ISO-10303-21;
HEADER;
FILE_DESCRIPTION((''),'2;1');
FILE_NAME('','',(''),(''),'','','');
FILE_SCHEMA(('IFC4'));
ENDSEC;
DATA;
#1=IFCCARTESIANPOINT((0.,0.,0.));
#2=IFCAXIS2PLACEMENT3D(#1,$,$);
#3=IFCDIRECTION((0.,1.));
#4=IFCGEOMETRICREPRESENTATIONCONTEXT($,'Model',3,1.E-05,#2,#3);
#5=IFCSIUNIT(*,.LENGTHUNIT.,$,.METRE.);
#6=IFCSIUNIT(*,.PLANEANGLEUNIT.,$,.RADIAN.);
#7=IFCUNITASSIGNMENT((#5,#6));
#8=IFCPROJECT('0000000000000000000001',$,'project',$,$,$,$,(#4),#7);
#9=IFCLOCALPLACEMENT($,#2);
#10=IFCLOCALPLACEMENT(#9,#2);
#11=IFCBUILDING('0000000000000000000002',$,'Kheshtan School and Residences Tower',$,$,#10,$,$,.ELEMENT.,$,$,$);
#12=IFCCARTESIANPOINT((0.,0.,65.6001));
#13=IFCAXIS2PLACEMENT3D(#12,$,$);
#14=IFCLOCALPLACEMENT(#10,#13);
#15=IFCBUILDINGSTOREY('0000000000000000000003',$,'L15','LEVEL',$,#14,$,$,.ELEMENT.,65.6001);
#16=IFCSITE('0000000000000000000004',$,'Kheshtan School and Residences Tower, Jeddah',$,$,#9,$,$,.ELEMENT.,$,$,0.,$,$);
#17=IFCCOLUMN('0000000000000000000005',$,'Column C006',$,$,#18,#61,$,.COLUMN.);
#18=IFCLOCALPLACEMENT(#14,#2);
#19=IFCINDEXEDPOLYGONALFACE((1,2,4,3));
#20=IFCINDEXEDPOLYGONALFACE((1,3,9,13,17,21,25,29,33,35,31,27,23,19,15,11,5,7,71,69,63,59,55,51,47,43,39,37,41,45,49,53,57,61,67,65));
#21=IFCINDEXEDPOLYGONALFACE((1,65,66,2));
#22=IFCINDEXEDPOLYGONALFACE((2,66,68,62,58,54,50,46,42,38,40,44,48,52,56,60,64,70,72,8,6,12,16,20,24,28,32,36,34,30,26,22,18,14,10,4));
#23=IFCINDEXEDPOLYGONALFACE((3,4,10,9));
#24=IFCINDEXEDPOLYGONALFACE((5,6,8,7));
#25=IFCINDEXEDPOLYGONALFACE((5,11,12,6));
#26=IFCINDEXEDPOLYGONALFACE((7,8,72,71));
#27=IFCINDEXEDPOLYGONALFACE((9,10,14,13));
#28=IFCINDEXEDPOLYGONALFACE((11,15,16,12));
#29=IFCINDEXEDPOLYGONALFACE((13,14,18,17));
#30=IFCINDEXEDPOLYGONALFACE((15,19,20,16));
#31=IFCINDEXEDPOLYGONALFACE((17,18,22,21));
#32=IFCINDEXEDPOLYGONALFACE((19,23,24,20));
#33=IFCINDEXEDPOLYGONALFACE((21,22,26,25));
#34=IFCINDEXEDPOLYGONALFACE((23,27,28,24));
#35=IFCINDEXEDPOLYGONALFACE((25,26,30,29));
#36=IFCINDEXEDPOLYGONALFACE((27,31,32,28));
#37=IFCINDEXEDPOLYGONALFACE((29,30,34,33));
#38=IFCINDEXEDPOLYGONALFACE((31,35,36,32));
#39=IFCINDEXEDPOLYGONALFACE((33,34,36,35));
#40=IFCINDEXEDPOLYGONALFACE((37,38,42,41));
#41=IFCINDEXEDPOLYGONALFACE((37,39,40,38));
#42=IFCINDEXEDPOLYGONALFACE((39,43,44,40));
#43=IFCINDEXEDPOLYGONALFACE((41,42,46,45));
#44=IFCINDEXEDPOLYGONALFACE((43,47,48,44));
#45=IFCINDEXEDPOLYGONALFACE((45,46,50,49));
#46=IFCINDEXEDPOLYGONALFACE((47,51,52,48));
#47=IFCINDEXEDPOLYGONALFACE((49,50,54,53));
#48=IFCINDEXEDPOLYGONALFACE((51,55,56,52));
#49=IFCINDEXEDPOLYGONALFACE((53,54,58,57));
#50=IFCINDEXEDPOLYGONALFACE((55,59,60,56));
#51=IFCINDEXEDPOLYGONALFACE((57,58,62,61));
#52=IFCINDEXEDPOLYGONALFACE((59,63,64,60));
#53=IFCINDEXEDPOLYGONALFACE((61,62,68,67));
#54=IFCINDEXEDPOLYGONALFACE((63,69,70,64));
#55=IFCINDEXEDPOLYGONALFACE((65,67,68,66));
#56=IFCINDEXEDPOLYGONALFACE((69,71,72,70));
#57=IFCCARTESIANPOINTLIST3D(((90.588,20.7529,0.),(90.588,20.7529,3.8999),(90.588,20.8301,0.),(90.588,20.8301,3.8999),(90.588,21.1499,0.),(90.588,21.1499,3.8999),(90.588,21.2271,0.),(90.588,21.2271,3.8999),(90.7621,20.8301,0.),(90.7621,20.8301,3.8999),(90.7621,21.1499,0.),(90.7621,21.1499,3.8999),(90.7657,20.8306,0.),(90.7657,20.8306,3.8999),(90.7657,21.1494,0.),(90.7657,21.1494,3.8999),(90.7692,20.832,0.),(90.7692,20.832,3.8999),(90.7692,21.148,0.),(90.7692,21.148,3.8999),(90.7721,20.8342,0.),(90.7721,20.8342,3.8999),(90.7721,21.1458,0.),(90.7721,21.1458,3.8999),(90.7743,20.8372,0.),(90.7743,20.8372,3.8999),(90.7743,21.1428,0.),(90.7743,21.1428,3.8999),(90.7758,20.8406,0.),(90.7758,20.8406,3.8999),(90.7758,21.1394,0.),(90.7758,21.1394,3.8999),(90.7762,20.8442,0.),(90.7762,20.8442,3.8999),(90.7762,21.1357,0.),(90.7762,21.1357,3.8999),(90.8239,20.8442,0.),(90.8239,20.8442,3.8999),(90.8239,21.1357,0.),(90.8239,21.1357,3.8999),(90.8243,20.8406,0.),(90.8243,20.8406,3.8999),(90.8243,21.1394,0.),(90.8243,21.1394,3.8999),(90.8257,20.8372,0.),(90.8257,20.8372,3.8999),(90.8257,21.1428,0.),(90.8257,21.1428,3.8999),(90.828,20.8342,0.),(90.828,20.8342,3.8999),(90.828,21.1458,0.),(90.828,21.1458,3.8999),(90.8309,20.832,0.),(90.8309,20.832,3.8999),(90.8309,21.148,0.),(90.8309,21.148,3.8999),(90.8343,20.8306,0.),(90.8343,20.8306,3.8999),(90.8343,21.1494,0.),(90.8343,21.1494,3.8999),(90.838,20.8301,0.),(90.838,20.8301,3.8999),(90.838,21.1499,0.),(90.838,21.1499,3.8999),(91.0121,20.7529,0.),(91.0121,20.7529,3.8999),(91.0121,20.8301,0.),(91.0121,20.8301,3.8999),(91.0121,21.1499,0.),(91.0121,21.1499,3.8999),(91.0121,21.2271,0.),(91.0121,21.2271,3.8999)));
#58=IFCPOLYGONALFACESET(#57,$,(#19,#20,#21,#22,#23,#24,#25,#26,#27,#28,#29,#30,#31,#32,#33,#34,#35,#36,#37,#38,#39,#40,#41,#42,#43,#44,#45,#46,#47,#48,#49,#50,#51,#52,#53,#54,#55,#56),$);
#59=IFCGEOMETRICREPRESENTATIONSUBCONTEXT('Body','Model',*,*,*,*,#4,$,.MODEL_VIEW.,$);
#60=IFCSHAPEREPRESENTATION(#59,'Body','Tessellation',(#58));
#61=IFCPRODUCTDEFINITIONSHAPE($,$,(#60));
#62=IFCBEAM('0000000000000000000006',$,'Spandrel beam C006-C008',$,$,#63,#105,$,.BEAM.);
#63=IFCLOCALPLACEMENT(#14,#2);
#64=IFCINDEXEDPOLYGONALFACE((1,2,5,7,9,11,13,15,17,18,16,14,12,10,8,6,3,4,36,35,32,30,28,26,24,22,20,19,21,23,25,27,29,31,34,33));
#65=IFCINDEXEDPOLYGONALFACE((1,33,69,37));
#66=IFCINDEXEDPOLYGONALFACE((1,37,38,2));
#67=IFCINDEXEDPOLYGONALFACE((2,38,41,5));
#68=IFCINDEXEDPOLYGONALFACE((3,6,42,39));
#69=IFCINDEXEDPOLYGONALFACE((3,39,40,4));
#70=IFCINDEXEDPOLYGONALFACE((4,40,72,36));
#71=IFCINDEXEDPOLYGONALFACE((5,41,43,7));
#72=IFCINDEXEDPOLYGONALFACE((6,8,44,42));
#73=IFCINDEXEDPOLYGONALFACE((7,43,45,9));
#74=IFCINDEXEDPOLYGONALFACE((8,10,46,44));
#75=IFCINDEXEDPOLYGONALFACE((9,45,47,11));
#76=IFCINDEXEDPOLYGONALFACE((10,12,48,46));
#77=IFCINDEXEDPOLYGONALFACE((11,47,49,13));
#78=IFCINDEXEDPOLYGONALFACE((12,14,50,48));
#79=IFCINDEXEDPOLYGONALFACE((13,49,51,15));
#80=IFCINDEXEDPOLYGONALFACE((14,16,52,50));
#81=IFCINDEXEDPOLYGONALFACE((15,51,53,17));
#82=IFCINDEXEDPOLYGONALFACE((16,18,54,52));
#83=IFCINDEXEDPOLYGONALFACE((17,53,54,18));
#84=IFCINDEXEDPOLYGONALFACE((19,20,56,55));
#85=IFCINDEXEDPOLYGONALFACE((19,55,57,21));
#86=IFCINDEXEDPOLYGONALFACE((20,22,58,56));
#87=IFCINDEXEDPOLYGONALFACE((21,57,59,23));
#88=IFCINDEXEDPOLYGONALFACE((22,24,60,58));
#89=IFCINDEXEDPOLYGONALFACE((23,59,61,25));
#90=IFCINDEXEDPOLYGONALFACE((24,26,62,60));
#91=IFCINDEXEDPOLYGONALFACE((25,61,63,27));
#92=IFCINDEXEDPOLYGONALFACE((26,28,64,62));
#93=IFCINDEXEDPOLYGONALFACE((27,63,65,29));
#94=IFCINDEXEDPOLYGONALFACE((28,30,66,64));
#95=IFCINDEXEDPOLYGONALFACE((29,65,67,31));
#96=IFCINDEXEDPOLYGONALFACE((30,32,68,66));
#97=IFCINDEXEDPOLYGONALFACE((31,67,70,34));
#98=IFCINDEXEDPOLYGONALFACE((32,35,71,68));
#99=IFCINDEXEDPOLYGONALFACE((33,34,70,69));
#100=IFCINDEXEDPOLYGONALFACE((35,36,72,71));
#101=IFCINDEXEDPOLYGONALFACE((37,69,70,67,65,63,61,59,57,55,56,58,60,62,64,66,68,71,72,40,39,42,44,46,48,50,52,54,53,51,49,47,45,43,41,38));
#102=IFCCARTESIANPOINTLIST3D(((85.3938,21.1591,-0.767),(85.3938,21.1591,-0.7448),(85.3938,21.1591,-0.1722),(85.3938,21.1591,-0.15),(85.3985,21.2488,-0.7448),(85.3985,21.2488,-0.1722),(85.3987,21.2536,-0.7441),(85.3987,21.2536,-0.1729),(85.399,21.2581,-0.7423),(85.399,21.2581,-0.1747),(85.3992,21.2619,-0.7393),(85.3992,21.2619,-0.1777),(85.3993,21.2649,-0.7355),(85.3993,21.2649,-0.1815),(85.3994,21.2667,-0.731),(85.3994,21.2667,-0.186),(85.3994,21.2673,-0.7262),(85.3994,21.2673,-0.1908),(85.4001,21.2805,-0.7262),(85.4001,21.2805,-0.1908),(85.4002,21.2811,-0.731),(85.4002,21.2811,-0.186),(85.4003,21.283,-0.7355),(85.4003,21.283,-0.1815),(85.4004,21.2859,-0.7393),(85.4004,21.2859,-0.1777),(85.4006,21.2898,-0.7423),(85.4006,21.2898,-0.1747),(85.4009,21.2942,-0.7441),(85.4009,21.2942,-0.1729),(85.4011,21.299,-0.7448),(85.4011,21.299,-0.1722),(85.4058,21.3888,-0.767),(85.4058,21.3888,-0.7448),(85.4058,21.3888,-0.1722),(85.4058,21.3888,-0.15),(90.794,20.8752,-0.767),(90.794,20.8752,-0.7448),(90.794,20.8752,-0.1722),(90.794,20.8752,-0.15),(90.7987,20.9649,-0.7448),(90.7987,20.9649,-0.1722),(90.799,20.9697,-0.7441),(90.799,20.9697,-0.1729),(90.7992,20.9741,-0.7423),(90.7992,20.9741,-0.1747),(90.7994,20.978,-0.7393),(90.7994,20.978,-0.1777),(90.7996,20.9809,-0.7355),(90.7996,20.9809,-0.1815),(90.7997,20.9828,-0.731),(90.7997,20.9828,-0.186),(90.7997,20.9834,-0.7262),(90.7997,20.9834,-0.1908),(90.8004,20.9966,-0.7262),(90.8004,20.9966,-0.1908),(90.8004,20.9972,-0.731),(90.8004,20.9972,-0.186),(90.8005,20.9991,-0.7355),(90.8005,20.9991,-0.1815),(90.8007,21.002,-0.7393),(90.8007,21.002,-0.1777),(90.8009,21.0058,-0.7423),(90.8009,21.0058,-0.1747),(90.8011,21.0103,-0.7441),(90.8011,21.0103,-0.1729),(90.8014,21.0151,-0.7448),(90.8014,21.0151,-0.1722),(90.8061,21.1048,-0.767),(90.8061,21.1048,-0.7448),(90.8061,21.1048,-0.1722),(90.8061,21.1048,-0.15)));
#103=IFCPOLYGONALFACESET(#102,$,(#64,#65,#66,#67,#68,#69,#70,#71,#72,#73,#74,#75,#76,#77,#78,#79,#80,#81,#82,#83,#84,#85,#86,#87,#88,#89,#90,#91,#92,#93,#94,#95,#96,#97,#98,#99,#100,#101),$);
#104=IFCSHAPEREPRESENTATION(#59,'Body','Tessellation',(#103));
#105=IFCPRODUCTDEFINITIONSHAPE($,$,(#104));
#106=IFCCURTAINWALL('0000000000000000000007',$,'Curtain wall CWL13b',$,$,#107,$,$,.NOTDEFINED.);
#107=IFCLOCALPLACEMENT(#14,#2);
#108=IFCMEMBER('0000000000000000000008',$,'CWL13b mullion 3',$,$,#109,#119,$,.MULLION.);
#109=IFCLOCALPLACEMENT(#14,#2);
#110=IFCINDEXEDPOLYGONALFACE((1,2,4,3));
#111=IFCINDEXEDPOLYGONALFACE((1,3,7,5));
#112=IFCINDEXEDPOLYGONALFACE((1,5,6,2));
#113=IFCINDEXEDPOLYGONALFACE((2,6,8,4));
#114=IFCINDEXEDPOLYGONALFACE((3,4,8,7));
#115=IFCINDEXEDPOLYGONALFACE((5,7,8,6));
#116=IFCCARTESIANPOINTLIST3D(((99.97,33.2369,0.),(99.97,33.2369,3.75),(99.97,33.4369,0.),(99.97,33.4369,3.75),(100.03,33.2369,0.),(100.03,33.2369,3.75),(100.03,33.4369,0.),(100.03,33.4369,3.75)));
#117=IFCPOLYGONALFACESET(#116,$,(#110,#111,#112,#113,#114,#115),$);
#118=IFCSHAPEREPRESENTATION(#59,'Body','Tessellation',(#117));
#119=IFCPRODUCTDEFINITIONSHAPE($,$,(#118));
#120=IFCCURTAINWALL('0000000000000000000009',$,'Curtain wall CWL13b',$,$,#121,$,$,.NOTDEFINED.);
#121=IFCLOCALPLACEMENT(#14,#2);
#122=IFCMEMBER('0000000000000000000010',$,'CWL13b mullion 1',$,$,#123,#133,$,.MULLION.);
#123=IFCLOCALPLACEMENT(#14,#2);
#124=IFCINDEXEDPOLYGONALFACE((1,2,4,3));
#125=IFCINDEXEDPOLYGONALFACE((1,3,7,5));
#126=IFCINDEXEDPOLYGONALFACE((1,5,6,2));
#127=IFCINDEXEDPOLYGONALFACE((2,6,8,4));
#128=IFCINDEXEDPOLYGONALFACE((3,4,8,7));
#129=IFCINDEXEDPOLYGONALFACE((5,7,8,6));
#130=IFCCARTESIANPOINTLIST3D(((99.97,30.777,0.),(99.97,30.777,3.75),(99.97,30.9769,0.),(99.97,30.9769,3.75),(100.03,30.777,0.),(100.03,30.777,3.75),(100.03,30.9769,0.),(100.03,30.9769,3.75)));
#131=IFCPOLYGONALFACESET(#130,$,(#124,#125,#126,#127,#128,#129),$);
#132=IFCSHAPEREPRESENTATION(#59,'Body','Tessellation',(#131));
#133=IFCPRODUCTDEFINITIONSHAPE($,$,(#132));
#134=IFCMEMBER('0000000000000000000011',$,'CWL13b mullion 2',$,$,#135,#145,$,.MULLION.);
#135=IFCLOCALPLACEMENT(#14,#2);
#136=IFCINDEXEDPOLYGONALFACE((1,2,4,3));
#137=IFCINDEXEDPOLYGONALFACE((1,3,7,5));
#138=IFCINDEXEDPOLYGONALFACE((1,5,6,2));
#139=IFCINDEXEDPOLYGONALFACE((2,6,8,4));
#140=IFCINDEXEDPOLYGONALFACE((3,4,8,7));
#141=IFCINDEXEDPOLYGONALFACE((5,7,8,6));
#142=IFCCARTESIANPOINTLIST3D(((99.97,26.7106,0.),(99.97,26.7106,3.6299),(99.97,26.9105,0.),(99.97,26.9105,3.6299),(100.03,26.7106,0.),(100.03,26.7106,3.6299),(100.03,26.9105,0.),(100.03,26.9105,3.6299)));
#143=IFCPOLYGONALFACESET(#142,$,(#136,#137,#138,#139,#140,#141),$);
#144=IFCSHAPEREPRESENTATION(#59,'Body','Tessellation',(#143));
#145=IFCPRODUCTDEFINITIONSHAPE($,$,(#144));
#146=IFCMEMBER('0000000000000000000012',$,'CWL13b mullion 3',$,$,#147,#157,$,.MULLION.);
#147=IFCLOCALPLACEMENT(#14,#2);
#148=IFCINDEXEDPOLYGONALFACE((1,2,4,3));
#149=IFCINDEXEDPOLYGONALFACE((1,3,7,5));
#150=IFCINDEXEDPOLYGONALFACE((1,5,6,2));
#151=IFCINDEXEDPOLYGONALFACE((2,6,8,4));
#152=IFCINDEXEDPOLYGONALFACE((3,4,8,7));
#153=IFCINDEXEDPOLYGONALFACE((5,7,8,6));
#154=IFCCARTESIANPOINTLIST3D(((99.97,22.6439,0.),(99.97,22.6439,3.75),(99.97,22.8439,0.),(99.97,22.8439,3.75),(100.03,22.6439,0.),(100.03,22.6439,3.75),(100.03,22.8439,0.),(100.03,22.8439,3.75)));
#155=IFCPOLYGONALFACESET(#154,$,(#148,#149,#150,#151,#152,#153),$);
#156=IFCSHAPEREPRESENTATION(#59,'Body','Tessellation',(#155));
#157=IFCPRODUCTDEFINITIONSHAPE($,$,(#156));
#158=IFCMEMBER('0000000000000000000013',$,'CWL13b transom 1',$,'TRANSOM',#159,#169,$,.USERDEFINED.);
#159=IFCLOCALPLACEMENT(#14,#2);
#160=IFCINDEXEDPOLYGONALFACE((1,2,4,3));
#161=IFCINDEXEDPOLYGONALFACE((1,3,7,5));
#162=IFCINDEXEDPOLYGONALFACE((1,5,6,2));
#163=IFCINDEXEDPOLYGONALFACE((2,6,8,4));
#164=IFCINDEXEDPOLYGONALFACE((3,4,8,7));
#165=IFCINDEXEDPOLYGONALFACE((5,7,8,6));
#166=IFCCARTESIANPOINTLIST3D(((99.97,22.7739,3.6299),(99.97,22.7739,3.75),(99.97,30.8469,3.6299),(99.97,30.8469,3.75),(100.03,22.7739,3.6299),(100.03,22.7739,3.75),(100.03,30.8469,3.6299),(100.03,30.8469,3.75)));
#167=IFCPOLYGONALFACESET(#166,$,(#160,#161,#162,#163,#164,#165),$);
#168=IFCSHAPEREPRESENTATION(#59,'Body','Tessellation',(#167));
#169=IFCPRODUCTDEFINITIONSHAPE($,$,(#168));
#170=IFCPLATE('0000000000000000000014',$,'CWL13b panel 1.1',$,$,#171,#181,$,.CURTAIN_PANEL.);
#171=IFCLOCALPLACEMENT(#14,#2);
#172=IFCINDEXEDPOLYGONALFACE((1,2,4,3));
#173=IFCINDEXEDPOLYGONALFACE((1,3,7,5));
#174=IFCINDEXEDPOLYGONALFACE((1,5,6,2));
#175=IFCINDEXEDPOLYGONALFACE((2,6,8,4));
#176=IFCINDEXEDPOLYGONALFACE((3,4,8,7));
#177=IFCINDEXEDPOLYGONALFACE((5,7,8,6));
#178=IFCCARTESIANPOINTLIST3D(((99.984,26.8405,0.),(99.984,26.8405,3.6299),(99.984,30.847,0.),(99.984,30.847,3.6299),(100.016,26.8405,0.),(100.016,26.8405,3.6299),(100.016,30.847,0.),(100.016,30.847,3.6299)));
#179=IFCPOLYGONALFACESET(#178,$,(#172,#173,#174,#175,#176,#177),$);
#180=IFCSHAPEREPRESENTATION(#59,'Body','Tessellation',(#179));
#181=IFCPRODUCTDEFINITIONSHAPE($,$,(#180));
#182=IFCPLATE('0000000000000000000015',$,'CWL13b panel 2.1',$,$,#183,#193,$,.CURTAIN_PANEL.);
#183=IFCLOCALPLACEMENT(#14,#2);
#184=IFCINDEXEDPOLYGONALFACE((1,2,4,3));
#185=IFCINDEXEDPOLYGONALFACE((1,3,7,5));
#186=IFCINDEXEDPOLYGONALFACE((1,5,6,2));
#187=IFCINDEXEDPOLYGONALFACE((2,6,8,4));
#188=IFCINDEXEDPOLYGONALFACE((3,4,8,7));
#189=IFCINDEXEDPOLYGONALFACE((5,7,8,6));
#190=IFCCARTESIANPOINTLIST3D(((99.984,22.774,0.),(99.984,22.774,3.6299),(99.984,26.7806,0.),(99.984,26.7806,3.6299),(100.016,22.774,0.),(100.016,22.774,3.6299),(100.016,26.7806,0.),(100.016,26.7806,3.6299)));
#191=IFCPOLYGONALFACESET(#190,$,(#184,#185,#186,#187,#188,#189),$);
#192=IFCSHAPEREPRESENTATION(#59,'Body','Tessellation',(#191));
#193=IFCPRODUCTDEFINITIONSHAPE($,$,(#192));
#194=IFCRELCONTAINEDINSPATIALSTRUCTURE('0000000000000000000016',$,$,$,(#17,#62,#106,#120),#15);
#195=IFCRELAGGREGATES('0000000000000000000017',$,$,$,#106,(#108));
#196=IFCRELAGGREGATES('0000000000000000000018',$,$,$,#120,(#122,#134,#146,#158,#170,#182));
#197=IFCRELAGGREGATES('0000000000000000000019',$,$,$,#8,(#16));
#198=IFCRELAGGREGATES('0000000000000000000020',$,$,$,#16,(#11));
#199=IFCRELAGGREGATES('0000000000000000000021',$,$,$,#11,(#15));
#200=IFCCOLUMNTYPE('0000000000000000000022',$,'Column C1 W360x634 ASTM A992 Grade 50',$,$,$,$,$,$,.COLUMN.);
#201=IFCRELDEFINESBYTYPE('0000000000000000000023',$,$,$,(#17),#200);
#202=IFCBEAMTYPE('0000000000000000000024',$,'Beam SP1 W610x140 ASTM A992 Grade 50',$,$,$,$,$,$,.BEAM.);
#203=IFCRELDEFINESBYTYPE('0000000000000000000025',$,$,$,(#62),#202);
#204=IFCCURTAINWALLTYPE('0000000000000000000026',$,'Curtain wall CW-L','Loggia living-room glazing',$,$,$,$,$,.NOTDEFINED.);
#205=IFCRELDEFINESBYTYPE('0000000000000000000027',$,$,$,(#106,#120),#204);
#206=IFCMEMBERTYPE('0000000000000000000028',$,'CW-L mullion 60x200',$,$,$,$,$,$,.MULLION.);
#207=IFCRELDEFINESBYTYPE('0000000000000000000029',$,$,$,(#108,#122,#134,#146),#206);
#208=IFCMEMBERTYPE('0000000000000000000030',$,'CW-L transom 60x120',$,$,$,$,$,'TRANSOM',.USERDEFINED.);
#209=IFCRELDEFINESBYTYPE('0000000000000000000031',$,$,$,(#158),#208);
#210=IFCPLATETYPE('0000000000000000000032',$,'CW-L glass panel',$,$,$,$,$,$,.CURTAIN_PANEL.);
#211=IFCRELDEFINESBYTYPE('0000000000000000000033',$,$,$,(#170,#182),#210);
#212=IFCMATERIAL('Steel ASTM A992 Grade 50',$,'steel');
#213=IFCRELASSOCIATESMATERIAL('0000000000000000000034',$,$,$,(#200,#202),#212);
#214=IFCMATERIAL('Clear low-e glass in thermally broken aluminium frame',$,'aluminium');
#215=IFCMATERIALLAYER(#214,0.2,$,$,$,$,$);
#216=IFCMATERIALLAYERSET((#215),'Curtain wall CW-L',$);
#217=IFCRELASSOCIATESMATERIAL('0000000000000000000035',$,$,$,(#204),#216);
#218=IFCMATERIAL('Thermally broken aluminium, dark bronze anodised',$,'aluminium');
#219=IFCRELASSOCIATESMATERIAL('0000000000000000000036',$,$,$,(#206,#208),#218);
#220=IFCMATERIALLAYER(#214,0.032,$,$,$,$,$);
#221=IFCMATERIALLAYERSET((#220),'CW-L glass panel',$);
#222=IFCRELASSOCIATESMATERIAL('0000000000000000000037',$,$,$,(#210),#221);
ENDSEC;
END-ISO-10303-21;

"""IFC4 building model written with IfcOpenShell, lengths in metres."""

from ifc_helpers import new_model, si_unit, direction, frame, origin, origin_2d, place, context, subcontext, project, spatial, rectangle, i_section, extrude, material, layer, layer_set, material_profile, profile_set, type_object, element, aggregate, save


model = new_model("IFC4")

# Units and contexts
model_context = context("Model", 3, precision=1e-05, world=origin(), true_north=direction((0.0, 1.0)))
body_context = subcontext(model_context, "Body", "Model", "MODEL_VIEW")
ifc_project = project(units=[si_unit("LENGTHUNIT", "METRE"), si_unit("PLANEANGLEUNIT", "RADIAN")], contexts=[model_context])

# Site, building, storey
site_placement = place(None, origin())
site = spatial("IfcSite", under=ifc_project, at=site_placement, Name="Kheshtan School and Residences Tower, Jeddah", CompositionType="ELEMENT", RefElevation=0.0)
building_placement = place(site_placement, origin())
building = spatial("IfcBuilding", under=site, at=building_placement, Name="Kheshtan School and Residences Tower", CompositionType="ELEMENT")
storey_placement = place(building_placement, frame((0.0, 0.0, 65.6001)))
storey = spatial("IfcBuildingStorey", under=building, at=storey_placement, Name="L15", Description="LEVEL", CompositionType="ELEMENT", Elevation=65.6001)

# Column
ifc_material_1 = material(Name="Steel ASTM A992 Grade 50", Category="steel")
ifc_material_profile_1 = material_profile(ifc_material_1, i_section(OverallWidth=0.4241, OverallDepth=0.4741, WebThickness=0.0476, FlangeThickness=0.0771, FilletRadius=0.0142, at=origin_2d()), Name="W360x634")
ifc_profile_set_1 = profile_set([ifc_material_profile_1], Name="Steel ASTM A992 Grade 50")
column_type = type_object("IfcColumnType", Name="Column C1 W360x634 ASTM A992 Grade 50", PredefinedType="COLUMN", material=ifc_profile_set_1)
column_placement = place(storey_placement, frame((90.8, 20.99, 0.0), z_axis=(0.0, 0.0, 1.0), x_axis=(1.0, 0.0, 0.0)))
element("IfcColumn", 1, at=column_placement, inside=storey, type_object=column_type, Name="Column C006", PredefinedType="COLUMN", context=body_context, shape_type="SweptSolid", body=[
    extrude(i_section(OverallWidth=0.4241, OverallDepth=0.4741, WebThickness=0.0476, FlangeThickness=0.0771, FilletRadius=0.0142, at=origin_2d()), origin(), (0.0, 0.0, 1.0), 3.8999),
])

# Beam
ifc_material_profile_2 = material_profile(ifc_material_1, i_section(OverallWidth=0.23, OverallDepth=0.6169, WebThickness=0.0132, FlangeThickness=0.0222, FilletRadius=0.0186, at=origin_2d()), Name="W610x140")
ifc_profile_set_2 = profile_set([ifc_material_profile_2], Name="Steel ASTM A992 Grade 50")
beam_type = type_object("IfcBeamType", Name="Beam SP1 W610x140 ASTM A992 Grade 50", PredefinedType="BEAM", material=ifc_profile_set_2)
beam_placement = place(storey_placement, frame((90.8, 20.99, -0.4585), z_axis=(-0.998621, 0.052507, 0.0), x_axis=(-0.052507, -0.998621, 0.0)))
element("IfcBeam", 2, at=beam_placement, inside=storey, type_object=beam_type, Name="Spandrel beam C006-C008", PredefinedType="BEAM", context=body_context, shape_type="SweptSolid", body=[
    extrude(i_section(OverallWidth=0.23, OverallDepth=0.6169, WebThickness=0.0132, FlangeThickness=0.0222, FilletRadius=0.0186, at=origin_2d()), origin(), (0.0, 0.0, 1.0), 5.4077),
])

# Curtain wall, member
ifc_material_2 = material(Name="Clear low-e glass in thermally broken aluminium frame", Category="aluminium")
ifc_layer_1 = layer(ifc_material_2, 0.2)
ifc_layer_set_1 = layer_set([ifc_layer_1], Name="Curtain wall CW-L")
curtain_wall_type = type_object("IfcCurtainWallType", Name="Curtain wall CW-L", Description="Loggia living-room glazing", PredefinedType="NOTDEFINED", material=ifc_layer_set_1)
curtain_wall_1_placement = place(storey_placement, origin())
curtain_wall_1 = element("IfcCurtainWall", 3, at=curtain_wall_1_placement, inside=storey, type_object=curtain_wall_type, Name="Curtain wall CWL13b", PredefinedType="NOTDEFINED")
ifc_material_3 = material(Name="Thermally broken aluminium, dark bronze anodised", Category="aluminium")
ifc_material_profile_3 = material_profile(ifc_material_3, rectangle(XDim=0.0601, YDim=0.2, at=origin_2d()), Name="CW-L mullion 60x200")
ifc_profile_set_3 = profile_set([ifc_material_profile_3], Name="Thermally broken aluminium, dark bronze anodised")
member_type_1 = type_object("IfcMemberType", Name="CW-L mullion 60x200", PredefinedType="MULLION", material=ifc_profile_set_3)
member_1_placement = place(storey_placement, frame((100.0, 33.3369, 0.0), z_axis=(0.0, 0.0, 1.0), x_axis=(1.0, 0.0, 0.0)))
member_1 = element("IfcMember", 4, at=member_1_placement, type_object=member_type_1, Name="CWL13b mullion 3", PredefinedType="MULLION", context=body_context, shape_type="SweptSolid", body=[
    extrude(rectangle(XDim=0.0601, YDim=0.2, at=origin_2d()), origin(), (0.0, 0.0, 1.0), 3.75),
])
aggregate(curtain_wall_1, [member_1])

# Curtain wall, members, plates
curtain_wall_2_placement = place(storey_placement, origin())
curtain_wall_2 = element("IfcCurtainWall", 5, at=curtain_wall_2_placement, inside=storey, type_object=curtain_wall_type, Name="Curtain wall CWL13b", PredefinedType="NOTDEFINED")
member_2_placement = place(storey_placement, frame((100.0, 30.877, 0.0), z_axis=(0.0, 0.0, 1.0), x_axis=(1.0, 0.0, 0.0)))
member_2 = element("IfcMember", 6, at=member_2_placement, type_object=member_type_1, Name="CWL13b mullion 1", PredefinedType="MULLION", context=body_context, shape_type="SweptSolid", body=[
    extrude(rectangle(XDim=0.0601, YDim=0.2, at=origin_2d()), origin(), (0.0, 0.0, 1.0), 3.75),
])
member_3_placement = place(storey_placement, frame((100.0, 26.8105, 0.0), z_axis=(0.0, 0.0, 1.0), x_axis=(1.0, 0.0, 0.0)))
member_3 = element("IfcMember", 7, at=member_3_placement, type_object=member_type_1, Name="CWL13b mullion 2", PredefinedType="MULLION", context=body_context, shape_type="SweptSolid", body=[
    extrude(rectangle(XDim=0.0601, YDim=0.2, at=origin_2d()), origin(), (0.0, 0.0, 1.0), 3.6299),
])
member_4_placement = place(storey_placement, frame((100.0, 22.7439, 0.0), z_axis=(0.0, 0.0, 1.0), x_axis=(1.0, 0.0, 0.0)))
member_4 = element("IfcMember", 8, at=member_4_placement, type_object=member_type_1, Name="CWL13b mullion 3", PredefinedType="MULLION", context=body_context, shape_type="SweptSolid", body=[
    extrude(rectangle(XDim=0.0601, YDim=0.2, at=origin_2d()), origin(), (0.0, 0.0, 1.0), 3.75),
])
ifc_material_profile_4 = material_profile(ifc_material_3, rectangle(XDim=0.0601, YDim=0.1201, at=origin_2d()), Name="CW-L transom 60x120")
ifc_profile_set_4 = profile_set([ifc_material_profile_4], Name="Thermally broken aluminium, dark bronze anodised")
member_type_2 = type_object("IfcMemberType", Name="CW-L transom 60x120", ElementType="TRANSOM", PredefinedType="USERDEFINED", material=ifc_profile_set_4)
member_5_placement = place(storey_placement, frame((100.0, 30.8469, 3.6899), z_axis=(0.0, -1.0, 0.0), x_axis=(1.0, 0.0, 0.0)))
member_5 = element("IfcMember", 9, at=member_5_placement, type_object=member_type_2, Name="CWL13b transom 1", ObjectType="TRANSOM", PredefinedType="USERDEFINED", context=body_context, shape_type="SweptSolid", body=[
    extrude(rectangle(XDim=0.0601, YDim=0.1201, at=origin_2d()), origin(), (0.0, 0.0, 1.0), 8.073),
])
ifc_layer_2 = layer(ifc_material_2, 0.032)
ifc_layer_set_2 = layer_set([ifc_layer_2], Name="CW-L glass panel")
plate_type = type_object("IfcPlateType", Name="CW-L glass panel", PredefinedType="CURTAIN_PANEL", material=ifc_layer_set_2)
plate_1_placement = place(storey_placement, frame((100.0, 28.8438, 0.0), z_axis=(0.0, 0.0, 1.0), x_axis=(0.0, -1.0, 0.0)))
plate_1 = element("IfcPlate", 10, at=plate_1_placement, type_object=plate_type, Name="CWL13b panel 1.1", PredefinedType="CURTAIN_PANEL", context=body_context, shape_type="SweptSolid", body=[
    extrude(rectangle(XDim=4.0066, YDim=0.032, at=origin_2d()), origin(), (0.0, 0.0, 1.0), 3.6299),
])
plate_2_placement = place(storey_placement, frame((100.0, 24.7773, 0.0), z_axis=(0.0, 0.0, 1.0), x_axis=(0.0, -1.0, 0.0)))
plate_2 = element("IfcPlate", 11, at=plate_2_placement, type_object=plate_type, Name="CWL13b panel 2.1", PredefinedType="CURTAIN_PANEL", context=body_context, shape_type="SweptSolid", body=[
    extrude(rectangle(XDim=4.0066, YDim=0.032, at=origin_2d()), origin(), (0.0, 0.0, 1.0), 3.6299),
])
aggregate(curtain_wall_2, [member_2, member_3, member_4, member_5, plate_1, plate_2])

save(model, "model.ifc")
